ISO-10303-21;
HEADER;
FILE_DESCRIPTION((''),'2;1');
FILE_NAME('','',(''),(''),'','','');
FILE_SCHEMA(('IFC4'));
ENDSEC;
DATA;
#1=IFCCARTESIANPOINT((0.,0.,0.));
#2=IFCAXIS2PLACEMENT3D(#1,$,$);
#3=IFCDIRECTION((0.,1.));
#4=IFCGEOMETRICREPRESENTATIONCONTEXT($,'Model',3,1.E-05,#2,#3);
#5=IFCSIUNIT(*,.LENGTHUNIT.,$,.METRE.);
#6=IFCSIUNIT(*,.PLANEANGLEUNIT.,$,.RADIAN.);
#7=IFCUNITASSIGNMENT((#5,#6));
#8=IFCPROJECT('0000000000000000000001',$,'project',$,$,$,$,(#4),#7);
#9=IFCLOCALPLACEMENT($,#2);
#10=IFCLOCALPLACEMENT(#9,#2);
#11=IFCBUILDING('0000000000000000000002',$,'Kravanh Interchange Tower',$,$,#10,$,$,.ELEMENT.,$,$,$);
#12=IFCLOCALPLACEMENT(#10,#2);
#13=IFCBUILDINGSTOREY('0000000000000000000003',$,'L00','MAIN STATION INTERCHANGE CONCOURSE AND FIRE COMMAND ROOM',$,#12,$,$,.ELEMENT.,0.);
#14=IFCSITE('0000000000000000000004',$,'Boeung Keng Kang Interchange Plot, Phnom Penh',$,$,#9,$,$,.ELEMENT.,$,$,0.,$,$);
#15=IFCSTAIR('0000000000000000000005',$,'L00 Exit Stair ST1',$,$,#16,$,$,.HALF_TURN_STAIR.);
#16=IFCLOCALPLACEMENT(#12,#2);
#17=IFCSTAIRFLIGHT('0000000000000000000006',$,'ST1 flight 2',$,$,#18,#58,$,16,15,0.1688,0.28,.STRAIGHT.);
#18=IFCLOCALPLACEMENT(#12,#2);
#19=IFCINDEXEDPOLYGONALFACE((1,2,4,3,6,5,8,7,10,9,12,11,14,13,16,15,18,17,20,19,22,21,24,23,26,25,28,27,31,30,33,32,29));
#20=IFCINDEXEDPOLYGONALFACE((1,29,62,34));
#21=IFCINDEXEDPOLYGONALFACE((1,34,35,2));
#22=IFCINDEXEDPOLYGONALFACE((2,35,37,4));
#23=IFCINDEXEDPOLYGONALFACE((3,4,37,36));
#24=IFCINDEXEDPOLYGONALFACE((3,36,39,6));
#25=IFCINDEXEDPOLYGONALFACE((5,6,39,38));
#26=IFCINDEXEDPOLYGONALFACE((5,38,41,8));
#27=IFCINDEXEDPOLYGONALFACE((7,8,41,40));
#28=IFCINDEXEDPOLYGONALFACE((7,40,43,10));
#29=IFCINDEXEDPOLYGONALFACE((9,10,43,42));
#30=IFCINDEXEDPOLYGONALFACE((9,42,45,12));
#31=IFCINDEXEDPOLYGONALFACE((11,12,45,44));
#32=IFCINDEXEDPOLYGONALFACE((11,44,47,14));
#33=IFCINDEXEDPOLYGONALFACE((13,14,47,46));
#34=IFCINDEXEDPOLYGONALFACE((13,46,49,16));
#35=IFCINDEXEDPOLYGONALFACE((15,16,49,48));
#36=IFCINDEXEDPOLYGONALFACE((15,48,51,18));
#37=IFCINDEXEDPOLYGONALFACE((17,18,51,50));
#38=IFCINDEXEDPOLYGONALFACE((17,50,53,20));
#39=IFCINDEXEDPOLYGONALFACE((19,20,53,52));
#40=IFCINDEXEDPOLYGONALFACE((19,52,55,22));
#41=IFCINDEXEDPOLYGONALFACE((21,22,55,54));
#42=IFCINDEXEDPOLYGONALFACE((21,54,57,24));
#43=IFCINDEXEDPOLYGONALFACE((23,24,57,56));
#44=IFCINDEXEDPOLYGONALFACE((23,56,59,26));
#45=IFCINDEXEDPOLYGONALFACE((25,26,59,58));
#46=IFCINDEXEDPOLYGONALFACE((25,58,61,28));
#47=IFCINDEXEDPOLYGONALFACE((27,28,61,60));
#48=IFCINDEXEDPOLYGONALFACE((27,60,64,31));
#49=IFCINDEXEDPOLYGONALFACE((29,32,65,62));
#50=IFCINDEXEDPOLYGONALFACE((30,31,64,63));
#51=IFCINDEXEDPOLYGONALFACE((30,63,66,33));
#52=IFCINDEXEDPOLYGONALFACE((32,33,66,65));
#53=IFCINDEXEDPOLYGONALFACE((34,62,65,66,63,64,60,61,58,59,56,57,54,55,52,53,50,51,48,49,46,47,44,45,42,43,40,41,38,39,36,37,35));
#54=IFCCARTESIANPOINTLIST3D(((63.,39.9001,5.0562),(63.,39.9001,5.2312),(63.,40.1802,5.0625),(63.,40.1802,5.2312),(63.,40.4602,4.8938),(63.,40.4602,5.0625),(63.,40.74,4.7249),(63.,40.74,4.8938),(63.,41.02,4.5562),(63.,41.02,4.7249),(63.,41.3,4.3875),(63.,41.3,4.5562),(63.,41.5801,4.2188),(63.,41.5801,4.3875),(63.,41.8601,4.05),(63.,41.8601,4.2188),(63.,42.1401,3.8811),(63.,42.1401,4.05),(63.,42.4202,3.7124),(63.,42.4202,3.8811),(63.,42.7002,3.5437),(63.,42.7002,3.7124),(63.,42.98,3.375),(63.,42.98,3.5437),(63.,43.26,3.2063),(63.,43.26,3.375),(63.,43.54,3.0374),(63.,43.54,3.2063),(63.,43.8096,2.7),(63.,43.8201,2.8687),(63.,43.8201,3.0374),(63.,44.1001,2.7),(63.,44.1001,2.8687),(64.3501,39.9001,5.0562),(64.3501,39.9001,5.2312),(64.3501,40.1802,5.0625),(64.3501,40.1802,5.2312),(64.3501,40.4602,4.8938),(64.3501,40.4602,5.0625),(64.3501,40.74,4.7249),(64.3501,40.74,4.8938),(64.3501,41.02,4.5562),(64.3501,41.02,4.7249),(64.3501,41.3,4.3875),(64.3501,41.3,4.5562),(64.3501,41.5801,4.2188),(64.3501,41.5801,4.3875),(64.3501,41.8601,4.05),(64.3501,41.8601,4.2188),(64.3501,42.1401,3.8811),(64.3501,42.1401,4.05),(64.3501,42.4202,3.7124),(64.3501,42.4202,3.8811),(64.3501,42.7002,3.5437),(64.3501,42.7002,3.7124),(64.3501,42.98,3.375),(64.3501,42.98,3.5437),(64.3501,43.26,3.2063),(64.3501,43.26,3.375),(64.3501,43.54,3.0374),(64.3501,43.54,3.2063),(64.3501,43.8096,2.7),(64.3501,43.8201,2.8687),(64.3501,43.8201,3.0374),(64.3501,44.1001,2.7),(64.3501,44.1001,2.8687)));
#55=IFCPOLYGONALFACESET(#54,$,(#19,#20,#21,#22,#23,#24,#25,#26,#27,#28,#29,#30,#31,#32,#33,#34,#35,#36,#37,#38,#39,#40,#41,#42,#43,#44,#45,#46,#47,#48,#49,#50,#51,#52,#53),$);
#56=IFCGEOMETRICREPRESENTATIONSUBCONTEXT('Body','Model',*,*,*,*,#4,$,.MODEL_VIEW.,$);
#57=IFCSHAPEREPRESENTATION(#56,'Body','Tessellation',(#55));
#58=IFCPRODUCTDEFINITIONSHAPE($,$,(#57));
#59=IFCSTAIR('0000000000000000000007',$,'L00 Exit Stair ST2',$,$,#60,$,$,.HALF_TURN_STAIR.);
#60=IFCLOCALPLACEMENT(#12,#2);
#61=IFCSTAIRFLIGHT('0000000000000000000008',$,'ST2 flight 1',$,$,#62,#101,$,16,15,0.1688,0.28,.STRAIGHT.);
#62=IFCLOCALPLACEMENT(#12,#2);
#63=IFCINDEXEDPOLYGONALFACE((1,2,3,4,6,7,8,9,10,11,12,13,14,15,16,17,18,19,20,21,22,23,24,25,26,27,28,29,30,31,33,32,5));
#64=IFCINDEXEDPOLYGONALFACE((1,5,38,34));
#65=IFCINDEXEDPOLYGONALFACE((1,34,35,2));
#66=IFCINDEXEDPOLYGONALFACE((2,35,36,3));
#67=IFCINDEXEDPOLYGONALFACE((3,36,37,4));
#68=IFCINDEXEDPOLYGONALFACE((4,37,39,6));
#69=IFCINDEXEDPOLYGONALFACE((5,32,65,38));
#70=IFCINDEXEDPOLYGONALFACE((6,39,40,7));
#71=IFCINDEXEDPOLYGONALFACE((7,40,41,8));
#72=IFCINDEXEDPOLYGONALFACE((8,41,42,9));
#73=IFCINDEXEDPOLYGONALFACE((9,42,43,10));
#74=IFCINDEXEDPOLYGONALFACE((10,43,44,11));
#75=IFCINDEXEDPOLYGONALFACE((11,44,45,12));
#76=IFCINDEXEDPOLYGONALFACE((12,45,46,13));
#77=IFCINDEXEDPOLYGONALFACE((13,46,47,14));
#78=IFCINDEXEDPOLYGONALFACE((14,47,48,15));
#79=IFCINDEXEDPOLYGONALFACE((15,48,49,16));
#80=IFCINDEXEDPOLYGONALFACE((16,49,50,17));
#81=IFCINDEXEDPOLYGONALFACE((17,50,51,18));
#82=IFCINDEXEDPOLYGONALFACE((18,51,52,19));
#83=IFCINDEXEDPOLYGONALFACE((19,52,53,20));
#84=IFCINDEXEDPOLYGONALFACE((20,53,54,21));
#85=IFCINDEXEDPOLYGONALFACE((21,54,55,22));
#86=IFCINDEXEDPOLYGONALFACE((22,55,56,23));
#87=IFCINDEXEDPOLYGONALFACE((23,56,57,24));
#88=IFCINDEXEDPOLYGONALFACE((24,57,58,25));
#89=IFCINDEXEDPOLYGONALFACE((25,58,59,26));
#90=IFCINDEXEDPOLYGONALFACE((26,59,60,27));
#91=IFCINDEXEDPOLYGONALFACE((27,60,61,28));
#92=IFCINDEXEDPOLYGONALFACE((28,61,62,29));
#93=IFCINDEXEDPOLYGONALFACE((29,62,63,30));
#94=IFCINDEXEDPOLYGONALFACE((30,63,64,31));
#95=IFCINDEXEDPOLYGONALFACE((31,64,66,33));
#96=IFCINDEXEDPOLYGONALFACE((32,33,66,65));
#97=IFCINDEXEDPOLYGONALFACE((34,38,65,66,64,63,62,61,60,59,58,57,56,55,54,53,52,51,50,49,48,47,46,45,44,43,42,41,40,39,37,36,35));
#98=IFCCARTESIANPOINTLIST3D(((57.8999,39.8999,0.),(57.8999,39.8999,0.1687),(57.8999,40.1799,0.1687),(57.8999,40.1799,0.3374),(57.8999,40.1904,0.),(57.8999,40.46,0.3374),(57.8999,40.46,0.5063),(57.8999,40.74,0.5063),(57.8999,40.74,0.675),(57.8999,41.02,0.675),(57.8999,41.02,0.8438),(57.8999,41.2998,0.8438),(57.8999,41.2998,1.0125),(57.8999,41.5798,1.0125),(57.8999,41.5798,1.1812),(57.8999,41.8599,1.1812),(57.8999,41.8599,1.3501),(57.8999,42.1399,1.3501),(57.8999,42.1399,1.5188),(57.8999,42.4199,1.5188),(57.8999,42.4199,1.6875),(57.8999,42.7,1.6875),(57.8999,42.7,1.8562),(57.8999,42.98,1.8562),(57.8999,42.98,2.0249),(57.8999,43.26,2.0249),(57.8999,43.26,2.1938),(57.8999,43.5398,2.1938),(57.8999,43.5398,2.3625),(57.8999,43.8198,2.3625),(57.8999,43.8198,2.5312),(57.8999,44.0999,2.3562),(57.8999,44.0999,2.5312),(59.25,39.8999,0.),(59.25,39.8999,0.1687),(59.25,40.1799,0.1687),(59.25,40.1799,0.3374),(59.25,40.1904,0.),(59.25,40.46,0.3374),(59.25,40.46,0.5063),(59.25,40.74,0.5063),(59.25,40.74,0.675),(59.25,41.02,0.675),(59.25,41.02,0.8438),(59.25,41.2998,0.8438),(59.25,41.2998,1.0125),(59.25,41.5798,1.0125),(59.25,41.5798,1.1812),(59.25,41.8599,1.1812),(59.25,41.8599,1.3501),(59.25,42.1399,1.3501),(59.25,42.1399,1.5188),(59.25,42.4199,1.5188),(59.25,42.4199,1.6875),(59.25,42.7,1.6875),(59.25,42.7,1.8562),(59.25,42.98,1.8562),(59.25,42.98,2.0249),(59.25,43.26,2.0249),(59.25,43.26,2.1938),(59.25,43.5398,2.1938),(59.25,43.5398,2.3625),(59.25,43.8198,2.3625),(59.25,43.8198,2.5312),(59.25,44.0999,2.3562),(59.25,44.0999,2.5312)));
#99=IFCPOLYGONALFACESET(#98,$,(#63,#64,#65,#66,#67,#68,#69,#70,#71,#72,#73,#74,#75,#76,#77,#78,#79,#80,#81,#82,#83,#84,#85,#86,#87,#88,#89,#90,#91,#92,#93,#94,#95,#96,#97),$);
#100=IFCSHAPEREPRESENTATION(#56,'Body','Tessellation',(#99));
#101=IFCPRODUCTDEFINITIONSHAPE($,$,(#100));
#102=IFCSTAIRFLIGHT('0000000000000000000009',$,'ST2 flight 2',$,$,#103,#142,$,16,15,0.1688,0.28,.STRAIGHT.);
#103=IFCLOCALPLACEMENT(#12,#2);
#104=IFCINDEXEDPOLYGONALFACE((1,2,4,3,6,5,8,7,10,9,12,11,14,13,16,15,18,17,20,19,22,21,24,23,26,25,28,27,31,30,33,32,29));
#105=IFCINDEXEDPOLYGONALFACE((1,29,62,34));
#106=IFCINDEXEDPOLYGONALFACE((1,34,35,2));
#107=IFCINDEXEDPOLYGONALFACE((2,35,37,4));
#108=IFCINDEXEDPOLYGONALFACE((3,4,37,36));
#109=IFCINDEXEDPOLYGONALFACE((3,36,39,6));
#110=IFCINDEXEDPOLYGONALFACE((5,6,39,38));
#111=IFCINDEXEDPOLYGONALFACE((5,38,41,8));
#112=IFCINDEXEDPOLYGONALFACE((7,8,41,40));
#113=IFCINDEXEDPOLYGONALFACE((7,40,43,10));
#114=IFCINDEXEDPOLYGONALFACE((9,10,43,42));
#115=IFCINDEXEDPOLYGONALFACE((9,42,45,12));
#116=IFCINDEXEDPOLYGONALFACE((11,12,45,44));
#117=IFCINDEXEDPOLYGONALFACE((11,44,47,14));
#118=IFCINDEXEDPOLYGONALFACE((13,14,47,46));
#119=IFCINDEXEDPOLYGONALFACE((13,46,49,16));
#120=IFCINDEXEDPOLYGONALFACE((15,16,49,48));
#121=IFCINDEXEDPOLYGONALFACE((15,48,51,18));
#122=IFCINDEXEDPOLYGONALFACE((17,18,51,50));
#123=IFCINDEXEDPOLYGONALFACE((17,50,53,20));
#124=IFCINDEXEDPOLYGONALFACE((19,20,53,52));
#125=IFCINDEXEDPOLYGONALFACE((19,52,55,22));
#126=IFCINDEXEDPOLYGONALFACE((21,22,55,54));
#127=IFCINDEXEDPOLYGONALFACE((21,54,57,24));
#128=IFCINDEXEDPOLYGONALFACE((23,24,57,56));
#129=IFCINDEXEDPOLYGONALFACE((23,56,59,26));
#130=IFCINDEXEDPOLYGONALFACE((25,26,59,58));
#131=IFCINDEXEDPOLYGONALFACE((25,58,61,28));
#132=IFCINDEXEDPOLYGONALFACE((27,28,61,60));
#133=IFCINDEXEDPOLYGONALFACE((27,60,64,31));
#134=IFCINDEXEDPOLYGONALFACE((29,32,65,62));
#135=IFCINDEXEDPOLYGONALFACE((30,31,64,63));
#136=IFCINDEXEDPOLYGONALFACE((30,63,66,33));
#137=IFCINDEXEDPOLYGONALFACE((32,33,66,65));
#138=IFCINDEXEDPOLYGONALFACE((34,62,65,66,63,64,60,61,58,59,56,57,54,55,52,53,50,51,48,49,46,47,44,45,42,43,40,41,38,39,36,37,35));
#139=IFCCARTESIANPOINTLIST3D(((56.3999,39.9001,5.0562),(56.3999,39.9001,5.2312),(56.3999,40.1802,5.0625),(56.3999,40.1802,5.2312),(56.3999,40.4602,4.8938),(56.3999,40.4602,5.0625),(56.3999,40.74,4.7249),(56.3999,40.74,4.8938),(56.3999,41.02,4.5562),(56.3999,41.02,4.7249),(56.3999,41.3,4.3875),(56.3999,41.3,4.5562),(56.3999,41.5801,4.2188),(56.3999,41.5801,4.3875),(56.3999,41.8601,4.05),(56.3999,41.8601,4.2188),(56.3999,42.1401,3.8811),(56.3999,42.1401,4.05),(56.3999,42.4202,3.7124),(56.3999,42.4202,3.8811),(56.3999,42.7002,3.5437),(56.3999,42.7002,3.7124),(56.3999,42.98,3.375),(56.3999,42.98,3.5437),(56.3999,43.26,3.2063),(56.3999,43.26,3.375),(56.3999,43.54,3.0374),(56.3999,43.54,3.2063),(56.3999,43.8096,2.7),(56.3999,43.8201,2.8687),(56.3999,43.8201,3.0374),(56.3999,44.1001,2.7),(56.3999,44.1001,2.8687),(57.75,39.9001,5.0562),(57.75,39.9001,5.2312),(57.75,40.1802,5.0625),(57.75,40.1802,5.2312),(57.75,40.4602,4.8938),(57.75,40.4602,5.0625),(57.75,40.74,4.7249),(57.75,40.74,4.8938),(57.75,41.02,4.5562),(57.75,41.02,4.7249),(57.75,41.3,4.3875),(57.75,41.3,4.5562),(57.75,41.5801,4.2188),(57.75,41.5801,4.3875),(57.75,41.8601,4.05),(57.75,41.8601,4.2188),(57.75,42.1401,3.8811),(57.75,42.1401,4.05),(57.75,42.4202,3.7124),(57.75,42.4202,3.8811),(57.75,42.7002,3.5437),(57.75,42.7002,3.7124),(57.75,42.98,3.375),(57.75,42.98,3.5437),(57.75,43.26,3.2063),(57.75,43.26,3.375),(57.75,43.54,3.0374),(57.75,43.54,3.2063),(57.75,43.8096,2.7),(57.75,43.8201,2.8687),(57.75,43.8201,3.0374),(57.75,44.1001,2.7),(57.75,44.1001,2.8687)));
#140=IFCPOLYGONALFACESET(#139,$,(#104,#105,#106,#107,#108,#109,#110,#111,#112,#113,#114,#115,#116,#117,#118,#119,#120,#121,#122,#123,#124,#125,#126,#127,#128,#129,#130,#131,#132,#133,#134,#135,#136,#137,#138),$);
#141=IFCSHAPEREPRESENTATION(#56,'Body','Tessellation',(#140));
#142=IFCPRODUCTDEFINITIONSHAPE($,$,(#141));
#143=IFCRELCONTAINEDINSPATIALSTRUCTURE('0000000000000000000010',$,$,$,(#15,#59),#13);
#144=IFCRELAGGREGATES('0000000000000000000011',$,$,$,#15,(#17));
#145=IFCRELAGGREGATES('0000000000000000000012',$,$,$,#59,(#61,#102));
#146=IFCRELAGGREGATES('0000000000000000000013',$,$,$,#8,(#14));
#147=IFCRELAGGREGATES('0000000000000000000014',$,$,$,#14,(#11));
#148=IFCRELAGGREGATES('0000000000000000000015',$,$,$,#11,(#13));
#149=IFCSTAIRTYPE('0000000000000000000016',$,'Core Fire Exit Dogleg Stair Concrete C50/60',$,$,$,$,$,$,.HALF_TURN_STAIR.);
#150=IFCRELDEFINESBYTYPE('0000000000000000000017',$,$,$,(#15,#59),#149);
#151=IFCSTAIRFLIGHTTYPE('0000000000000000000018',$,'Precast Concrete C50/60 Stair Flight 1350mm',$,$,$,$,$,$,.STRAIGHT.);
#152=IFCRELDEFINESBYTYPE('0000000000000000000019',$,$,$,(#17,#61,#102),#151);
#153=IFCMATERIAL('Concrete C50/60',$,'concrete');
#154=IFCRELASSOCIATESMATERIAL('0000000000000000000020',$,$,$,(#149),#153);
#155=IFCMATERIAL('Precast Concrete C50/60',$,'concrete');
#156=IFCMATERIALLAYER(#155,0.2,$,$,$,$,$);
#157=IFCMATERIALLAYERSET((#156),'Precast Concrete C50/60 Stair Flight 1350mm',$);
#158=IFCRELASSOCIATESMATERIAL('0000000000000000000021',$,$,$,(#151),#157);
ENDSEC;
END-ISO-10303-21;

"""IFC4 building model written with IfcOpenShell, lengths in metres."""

from ifc_helpers import new_model, si_unit, direction, frame, origin, place, context, subcontext, project, spatial, polyline, outline, extrude, material, layer, layer_set, type_object, element, aggregate, save


model = new_model("IFC4")

# Units and contexts
model_context = context("Model", 3, precision=1e-05, world=origin(), true_north=direction((0.0, 1.0)))
body_context = subcontext(model_context, "Body", "Model", "MODEL_VIEW")
ifc_project = project(units=[si_unit("LENGTHUNIT", "METRE"), si_unit("PLANEANGLEUNIT", "RADIAN")], contexts=[model_context])

# Site, building, storey
site_placement = place(None, origin())
site = spatial("IfcSite", under=ifc_project, at=site_placement, Name="Boeung Keng Kang Interchange Plot, Phnom Penh", CompositionType="ELEMENT", RefElevation=0.0)
building_placement = place(site_placement, origin())
building = spatial("IfcBuilding", under=site, at=building_placement, Name="Kravanh Interchange Tower", CompositionType="ELEMENT")
storey_placement = place(building_placement, origin())
storey = spatial("IfcBuildingStorey", under=building, at=storey_placement, Name="L00", Description="MAIN STATION INTERCHANGE CONCOURSE AND FIRE COMMAND ROOM", CompositionType="ELEMENT", Elevation=0.0)

# Stairs, stair flights
ifc_material_1 = material(Name="Concrete C50/60", Category="concrete")
stair_type = type_object("IfcStairType", Name="Core Fire Exit Dogleg Stair Concrete C50/60", PredefinedType="HALF_TURN_STAIR", material=ifc_material_1)
stair_1_placement = place(storey_placement, origin())
stair_1 = element("IfcStair", 1, at=stair_1_placement, inside=storey, type_object=stair_type, Name="L00 Exit Stair ST1", PredefinedType="HALF_TURN_STAIR")
ifc_material_2 = material(Name="Precast Concrete C50/60", Category="concrete")
ifc_layer_1 = layer(ifc_material_2, 0.2)
ifc_layer_set_1 = layer_set([ifc_layer_1], Name="Precast Concrete C50/60 Stair Flight 1350mm")
stair_flight_type = type_object("IfcStairFlightType", Name="Precast Concrete C50/60 Stair Flight 1350mm", PredefinedType="STRAIGHT", material=ifc_layer_set_1)
stair_flight_1_placement = place(storey_placement, frame((63.675, 44.1001, 2.7), z_axis=(0.0, 0.0, 1.0), x_axis=(0.0, -1.0, 0.0)))
stair_flight_1 = element("IfcStairFlight", 2, at=stair_flight_1_placement, type_object=stair_flight_type, Name="ST1 flight 2", NumberOfRisers=16, NumberOfTreads=15, PredefinedType="STRAIGHT", RiserHeight=0.1688, TreadLength=0.28, context=body_context, shape_type="SweptSolid", body=[
    extrude(outline(polyline([(0.0, 0.0), (0.0, 0.1687), (0.28, 0.1687), (0.28, 0.3374), (0.5601, 0.3374), (0.5601, 0.5063), (0.8401, 0.5063), (0.8401, 0.675), (1.1201, 0.675), (1.1201, 0.8438), (1.3999, 0.8438), (1.3999, 1.0125), (1.6799, 1.0125), (1.6799, 1.1812), (1.96, 1.1812), (1.96, 1.3501), (2.24, 1.3501), (2.24, 1.5188), (2.52, 1.5188), (2.52, 1.6875), (2.8, 1.6875), (2.8, 1.8562), (3.0801, 1.8562), (3.0801, 2.0249), (3.3601, 2.0249), (3.3601, 2.1938), (3.6399, 2.1938), (3.6399, 2.3625), (3.9199, 2.3625), (3.9199, 2.5312), (4.2, 2.5312), (4.2, 2.7), (4.2, 2.3562), (0.2905, 0.0), (0.0, 0.0)])), frame((0.0, 0.675, 0.0), z_axis=(0.0, -1.0, 0.0), x_axis=(1.0, 0.0, 0.0)), (0.0, 0.0, 1.0), 1.3501),
])
aggregate(stair_1, [stair_flight_1])
stair_2_placement = place(storey_placement, origin())
stair_2 = element("IfcStair", 3, at=stair_2_placement, inside=storey, type_object=stair_type, Name="L00 Exit Stair ST2", PredefinedType="HALF_TURN_STAIR")
stair_flight_2_placement = place(storey_placement, frame((58.575, 39.8999, 0.0), z_axis=(0.0, 0.0, 1.0), x_axis=(0.0, 1.0, 0.0)))
stair_flight_2 = element("IfcStairFlight", 4, at=stair_flight_2_placement, type_object=stair_flight_type, Name="ST2 flight 1", NumberOfRisers=16, NumberOfTreads=15, PredefinedType="STRAIGHT", RiserHeight=0.1688, TreadLength=0.28, context=body_context, shape_type="SweptSolid", body=[
    extrude(outline(polyline([(0.0, 0.0), (0.0, 0.1687), (0.28, 0.1687), (0.28, 0.3374), (0.5601, 0.3374), (0.5601, 0.5063), (0.8401, 0.5063), (0.8401, 0.675), (1.1201, 0.675), (1.1201, 0.8438), (1.3999, 0.8438), (1.3999, 1.0125), (1.6799, 1.0125), (1.6799, 1.1812), (1.96, 1.1812), (1.96, 1.3501), (2.24, 1.3501), (2.24, 1.5188), (2.52, 1.5188), (2.52, 1.6875), (2.8, 1.6875), (2.8, 1.8562), (3.0801, 1.8562), (3.0801, 2.0249), (3.3601, 2.0249), (3.3601, 2.1938), (3.6399, 2.1938), (3.6399, 2.3625), (3.9199, 2.3625), (3.9199, 2.5312), (4.2, 2.5312), (4.2, 2.7), (4.2, 2.3562), (0.2905, 0.0), (0.0, 0.0)])), frame((0.0, 0.675, 0.0), z_axis=(0.0, -1.0, 0.0), x_axis=(1.0, 0.0, 0.0)), (0.0, 0.0, 1.0), 1.3501),
])
stair_flight_3_placement = place(storey_placement, frame((57.075, 44.1001, 2.7), z_axis=(0.0, 0.0, 1.0), x_axis=(0.0, -1.0, 0.0)))
stair_flight_3 = element("IfcStairFlight", 5, at=stair_flight_3_placement, type_object=stair_flight_type, Name="ST2 flight 2", NumberOfRisers=16, NumberOfTreads=15, PredefinedType="STRAIGHT", RiserHeight=0.1688, TreadLength=0.28, context=body_context, shape_type="SweptSolid", body=[
    extrude(outline(polyline([(0.0, 0.0), (0.0, 0.1687), (0.28, 0.1687), (0.28, 0.3374), (0.5601, 0.3374), (0.5601, 0.5063), (0.8401, 0.5063), (0.8401, 0.675), (1.1201, 0.675), (1.1201, 0.8438), (1.3999, 0.8438), (1.3999, 1.0125), (1.6799, 1.0125), (1.6799, 1.1812), (1.96, 1.1812), (1.96, 1.3501), (2.24, 1.3501), (2.24, 1.5188), (2.52, 1.5188), (2.52, 1.6875), (2.8, 1.6875), (2.8, 1.8562), (3.0801, 1.8562), (3.0801, 2.0249), (3.3601, 2.0249), (3.3601, 2.1938), (3.6399, 2.1938), (3.6399, 2.3625), (3.9199, 2.3625), (3.9199, 2.5312), (4.2, 2.5312), (4.2, 2.7), (4.2, 2.3562), (0.2905, 0.0), (0.0, 0.0)])), frame((0.0, 0.675, 0.0), z_axis=(0.0, -1.0, 0.0), x_axis=(1.0, 0.0, 0.0)), (0.0, 0.0, 1.0), 1.3501),
])
aggregate(stair_2, [stair_flight_2, stair_flight_3])

save(model, "model.ifc")
